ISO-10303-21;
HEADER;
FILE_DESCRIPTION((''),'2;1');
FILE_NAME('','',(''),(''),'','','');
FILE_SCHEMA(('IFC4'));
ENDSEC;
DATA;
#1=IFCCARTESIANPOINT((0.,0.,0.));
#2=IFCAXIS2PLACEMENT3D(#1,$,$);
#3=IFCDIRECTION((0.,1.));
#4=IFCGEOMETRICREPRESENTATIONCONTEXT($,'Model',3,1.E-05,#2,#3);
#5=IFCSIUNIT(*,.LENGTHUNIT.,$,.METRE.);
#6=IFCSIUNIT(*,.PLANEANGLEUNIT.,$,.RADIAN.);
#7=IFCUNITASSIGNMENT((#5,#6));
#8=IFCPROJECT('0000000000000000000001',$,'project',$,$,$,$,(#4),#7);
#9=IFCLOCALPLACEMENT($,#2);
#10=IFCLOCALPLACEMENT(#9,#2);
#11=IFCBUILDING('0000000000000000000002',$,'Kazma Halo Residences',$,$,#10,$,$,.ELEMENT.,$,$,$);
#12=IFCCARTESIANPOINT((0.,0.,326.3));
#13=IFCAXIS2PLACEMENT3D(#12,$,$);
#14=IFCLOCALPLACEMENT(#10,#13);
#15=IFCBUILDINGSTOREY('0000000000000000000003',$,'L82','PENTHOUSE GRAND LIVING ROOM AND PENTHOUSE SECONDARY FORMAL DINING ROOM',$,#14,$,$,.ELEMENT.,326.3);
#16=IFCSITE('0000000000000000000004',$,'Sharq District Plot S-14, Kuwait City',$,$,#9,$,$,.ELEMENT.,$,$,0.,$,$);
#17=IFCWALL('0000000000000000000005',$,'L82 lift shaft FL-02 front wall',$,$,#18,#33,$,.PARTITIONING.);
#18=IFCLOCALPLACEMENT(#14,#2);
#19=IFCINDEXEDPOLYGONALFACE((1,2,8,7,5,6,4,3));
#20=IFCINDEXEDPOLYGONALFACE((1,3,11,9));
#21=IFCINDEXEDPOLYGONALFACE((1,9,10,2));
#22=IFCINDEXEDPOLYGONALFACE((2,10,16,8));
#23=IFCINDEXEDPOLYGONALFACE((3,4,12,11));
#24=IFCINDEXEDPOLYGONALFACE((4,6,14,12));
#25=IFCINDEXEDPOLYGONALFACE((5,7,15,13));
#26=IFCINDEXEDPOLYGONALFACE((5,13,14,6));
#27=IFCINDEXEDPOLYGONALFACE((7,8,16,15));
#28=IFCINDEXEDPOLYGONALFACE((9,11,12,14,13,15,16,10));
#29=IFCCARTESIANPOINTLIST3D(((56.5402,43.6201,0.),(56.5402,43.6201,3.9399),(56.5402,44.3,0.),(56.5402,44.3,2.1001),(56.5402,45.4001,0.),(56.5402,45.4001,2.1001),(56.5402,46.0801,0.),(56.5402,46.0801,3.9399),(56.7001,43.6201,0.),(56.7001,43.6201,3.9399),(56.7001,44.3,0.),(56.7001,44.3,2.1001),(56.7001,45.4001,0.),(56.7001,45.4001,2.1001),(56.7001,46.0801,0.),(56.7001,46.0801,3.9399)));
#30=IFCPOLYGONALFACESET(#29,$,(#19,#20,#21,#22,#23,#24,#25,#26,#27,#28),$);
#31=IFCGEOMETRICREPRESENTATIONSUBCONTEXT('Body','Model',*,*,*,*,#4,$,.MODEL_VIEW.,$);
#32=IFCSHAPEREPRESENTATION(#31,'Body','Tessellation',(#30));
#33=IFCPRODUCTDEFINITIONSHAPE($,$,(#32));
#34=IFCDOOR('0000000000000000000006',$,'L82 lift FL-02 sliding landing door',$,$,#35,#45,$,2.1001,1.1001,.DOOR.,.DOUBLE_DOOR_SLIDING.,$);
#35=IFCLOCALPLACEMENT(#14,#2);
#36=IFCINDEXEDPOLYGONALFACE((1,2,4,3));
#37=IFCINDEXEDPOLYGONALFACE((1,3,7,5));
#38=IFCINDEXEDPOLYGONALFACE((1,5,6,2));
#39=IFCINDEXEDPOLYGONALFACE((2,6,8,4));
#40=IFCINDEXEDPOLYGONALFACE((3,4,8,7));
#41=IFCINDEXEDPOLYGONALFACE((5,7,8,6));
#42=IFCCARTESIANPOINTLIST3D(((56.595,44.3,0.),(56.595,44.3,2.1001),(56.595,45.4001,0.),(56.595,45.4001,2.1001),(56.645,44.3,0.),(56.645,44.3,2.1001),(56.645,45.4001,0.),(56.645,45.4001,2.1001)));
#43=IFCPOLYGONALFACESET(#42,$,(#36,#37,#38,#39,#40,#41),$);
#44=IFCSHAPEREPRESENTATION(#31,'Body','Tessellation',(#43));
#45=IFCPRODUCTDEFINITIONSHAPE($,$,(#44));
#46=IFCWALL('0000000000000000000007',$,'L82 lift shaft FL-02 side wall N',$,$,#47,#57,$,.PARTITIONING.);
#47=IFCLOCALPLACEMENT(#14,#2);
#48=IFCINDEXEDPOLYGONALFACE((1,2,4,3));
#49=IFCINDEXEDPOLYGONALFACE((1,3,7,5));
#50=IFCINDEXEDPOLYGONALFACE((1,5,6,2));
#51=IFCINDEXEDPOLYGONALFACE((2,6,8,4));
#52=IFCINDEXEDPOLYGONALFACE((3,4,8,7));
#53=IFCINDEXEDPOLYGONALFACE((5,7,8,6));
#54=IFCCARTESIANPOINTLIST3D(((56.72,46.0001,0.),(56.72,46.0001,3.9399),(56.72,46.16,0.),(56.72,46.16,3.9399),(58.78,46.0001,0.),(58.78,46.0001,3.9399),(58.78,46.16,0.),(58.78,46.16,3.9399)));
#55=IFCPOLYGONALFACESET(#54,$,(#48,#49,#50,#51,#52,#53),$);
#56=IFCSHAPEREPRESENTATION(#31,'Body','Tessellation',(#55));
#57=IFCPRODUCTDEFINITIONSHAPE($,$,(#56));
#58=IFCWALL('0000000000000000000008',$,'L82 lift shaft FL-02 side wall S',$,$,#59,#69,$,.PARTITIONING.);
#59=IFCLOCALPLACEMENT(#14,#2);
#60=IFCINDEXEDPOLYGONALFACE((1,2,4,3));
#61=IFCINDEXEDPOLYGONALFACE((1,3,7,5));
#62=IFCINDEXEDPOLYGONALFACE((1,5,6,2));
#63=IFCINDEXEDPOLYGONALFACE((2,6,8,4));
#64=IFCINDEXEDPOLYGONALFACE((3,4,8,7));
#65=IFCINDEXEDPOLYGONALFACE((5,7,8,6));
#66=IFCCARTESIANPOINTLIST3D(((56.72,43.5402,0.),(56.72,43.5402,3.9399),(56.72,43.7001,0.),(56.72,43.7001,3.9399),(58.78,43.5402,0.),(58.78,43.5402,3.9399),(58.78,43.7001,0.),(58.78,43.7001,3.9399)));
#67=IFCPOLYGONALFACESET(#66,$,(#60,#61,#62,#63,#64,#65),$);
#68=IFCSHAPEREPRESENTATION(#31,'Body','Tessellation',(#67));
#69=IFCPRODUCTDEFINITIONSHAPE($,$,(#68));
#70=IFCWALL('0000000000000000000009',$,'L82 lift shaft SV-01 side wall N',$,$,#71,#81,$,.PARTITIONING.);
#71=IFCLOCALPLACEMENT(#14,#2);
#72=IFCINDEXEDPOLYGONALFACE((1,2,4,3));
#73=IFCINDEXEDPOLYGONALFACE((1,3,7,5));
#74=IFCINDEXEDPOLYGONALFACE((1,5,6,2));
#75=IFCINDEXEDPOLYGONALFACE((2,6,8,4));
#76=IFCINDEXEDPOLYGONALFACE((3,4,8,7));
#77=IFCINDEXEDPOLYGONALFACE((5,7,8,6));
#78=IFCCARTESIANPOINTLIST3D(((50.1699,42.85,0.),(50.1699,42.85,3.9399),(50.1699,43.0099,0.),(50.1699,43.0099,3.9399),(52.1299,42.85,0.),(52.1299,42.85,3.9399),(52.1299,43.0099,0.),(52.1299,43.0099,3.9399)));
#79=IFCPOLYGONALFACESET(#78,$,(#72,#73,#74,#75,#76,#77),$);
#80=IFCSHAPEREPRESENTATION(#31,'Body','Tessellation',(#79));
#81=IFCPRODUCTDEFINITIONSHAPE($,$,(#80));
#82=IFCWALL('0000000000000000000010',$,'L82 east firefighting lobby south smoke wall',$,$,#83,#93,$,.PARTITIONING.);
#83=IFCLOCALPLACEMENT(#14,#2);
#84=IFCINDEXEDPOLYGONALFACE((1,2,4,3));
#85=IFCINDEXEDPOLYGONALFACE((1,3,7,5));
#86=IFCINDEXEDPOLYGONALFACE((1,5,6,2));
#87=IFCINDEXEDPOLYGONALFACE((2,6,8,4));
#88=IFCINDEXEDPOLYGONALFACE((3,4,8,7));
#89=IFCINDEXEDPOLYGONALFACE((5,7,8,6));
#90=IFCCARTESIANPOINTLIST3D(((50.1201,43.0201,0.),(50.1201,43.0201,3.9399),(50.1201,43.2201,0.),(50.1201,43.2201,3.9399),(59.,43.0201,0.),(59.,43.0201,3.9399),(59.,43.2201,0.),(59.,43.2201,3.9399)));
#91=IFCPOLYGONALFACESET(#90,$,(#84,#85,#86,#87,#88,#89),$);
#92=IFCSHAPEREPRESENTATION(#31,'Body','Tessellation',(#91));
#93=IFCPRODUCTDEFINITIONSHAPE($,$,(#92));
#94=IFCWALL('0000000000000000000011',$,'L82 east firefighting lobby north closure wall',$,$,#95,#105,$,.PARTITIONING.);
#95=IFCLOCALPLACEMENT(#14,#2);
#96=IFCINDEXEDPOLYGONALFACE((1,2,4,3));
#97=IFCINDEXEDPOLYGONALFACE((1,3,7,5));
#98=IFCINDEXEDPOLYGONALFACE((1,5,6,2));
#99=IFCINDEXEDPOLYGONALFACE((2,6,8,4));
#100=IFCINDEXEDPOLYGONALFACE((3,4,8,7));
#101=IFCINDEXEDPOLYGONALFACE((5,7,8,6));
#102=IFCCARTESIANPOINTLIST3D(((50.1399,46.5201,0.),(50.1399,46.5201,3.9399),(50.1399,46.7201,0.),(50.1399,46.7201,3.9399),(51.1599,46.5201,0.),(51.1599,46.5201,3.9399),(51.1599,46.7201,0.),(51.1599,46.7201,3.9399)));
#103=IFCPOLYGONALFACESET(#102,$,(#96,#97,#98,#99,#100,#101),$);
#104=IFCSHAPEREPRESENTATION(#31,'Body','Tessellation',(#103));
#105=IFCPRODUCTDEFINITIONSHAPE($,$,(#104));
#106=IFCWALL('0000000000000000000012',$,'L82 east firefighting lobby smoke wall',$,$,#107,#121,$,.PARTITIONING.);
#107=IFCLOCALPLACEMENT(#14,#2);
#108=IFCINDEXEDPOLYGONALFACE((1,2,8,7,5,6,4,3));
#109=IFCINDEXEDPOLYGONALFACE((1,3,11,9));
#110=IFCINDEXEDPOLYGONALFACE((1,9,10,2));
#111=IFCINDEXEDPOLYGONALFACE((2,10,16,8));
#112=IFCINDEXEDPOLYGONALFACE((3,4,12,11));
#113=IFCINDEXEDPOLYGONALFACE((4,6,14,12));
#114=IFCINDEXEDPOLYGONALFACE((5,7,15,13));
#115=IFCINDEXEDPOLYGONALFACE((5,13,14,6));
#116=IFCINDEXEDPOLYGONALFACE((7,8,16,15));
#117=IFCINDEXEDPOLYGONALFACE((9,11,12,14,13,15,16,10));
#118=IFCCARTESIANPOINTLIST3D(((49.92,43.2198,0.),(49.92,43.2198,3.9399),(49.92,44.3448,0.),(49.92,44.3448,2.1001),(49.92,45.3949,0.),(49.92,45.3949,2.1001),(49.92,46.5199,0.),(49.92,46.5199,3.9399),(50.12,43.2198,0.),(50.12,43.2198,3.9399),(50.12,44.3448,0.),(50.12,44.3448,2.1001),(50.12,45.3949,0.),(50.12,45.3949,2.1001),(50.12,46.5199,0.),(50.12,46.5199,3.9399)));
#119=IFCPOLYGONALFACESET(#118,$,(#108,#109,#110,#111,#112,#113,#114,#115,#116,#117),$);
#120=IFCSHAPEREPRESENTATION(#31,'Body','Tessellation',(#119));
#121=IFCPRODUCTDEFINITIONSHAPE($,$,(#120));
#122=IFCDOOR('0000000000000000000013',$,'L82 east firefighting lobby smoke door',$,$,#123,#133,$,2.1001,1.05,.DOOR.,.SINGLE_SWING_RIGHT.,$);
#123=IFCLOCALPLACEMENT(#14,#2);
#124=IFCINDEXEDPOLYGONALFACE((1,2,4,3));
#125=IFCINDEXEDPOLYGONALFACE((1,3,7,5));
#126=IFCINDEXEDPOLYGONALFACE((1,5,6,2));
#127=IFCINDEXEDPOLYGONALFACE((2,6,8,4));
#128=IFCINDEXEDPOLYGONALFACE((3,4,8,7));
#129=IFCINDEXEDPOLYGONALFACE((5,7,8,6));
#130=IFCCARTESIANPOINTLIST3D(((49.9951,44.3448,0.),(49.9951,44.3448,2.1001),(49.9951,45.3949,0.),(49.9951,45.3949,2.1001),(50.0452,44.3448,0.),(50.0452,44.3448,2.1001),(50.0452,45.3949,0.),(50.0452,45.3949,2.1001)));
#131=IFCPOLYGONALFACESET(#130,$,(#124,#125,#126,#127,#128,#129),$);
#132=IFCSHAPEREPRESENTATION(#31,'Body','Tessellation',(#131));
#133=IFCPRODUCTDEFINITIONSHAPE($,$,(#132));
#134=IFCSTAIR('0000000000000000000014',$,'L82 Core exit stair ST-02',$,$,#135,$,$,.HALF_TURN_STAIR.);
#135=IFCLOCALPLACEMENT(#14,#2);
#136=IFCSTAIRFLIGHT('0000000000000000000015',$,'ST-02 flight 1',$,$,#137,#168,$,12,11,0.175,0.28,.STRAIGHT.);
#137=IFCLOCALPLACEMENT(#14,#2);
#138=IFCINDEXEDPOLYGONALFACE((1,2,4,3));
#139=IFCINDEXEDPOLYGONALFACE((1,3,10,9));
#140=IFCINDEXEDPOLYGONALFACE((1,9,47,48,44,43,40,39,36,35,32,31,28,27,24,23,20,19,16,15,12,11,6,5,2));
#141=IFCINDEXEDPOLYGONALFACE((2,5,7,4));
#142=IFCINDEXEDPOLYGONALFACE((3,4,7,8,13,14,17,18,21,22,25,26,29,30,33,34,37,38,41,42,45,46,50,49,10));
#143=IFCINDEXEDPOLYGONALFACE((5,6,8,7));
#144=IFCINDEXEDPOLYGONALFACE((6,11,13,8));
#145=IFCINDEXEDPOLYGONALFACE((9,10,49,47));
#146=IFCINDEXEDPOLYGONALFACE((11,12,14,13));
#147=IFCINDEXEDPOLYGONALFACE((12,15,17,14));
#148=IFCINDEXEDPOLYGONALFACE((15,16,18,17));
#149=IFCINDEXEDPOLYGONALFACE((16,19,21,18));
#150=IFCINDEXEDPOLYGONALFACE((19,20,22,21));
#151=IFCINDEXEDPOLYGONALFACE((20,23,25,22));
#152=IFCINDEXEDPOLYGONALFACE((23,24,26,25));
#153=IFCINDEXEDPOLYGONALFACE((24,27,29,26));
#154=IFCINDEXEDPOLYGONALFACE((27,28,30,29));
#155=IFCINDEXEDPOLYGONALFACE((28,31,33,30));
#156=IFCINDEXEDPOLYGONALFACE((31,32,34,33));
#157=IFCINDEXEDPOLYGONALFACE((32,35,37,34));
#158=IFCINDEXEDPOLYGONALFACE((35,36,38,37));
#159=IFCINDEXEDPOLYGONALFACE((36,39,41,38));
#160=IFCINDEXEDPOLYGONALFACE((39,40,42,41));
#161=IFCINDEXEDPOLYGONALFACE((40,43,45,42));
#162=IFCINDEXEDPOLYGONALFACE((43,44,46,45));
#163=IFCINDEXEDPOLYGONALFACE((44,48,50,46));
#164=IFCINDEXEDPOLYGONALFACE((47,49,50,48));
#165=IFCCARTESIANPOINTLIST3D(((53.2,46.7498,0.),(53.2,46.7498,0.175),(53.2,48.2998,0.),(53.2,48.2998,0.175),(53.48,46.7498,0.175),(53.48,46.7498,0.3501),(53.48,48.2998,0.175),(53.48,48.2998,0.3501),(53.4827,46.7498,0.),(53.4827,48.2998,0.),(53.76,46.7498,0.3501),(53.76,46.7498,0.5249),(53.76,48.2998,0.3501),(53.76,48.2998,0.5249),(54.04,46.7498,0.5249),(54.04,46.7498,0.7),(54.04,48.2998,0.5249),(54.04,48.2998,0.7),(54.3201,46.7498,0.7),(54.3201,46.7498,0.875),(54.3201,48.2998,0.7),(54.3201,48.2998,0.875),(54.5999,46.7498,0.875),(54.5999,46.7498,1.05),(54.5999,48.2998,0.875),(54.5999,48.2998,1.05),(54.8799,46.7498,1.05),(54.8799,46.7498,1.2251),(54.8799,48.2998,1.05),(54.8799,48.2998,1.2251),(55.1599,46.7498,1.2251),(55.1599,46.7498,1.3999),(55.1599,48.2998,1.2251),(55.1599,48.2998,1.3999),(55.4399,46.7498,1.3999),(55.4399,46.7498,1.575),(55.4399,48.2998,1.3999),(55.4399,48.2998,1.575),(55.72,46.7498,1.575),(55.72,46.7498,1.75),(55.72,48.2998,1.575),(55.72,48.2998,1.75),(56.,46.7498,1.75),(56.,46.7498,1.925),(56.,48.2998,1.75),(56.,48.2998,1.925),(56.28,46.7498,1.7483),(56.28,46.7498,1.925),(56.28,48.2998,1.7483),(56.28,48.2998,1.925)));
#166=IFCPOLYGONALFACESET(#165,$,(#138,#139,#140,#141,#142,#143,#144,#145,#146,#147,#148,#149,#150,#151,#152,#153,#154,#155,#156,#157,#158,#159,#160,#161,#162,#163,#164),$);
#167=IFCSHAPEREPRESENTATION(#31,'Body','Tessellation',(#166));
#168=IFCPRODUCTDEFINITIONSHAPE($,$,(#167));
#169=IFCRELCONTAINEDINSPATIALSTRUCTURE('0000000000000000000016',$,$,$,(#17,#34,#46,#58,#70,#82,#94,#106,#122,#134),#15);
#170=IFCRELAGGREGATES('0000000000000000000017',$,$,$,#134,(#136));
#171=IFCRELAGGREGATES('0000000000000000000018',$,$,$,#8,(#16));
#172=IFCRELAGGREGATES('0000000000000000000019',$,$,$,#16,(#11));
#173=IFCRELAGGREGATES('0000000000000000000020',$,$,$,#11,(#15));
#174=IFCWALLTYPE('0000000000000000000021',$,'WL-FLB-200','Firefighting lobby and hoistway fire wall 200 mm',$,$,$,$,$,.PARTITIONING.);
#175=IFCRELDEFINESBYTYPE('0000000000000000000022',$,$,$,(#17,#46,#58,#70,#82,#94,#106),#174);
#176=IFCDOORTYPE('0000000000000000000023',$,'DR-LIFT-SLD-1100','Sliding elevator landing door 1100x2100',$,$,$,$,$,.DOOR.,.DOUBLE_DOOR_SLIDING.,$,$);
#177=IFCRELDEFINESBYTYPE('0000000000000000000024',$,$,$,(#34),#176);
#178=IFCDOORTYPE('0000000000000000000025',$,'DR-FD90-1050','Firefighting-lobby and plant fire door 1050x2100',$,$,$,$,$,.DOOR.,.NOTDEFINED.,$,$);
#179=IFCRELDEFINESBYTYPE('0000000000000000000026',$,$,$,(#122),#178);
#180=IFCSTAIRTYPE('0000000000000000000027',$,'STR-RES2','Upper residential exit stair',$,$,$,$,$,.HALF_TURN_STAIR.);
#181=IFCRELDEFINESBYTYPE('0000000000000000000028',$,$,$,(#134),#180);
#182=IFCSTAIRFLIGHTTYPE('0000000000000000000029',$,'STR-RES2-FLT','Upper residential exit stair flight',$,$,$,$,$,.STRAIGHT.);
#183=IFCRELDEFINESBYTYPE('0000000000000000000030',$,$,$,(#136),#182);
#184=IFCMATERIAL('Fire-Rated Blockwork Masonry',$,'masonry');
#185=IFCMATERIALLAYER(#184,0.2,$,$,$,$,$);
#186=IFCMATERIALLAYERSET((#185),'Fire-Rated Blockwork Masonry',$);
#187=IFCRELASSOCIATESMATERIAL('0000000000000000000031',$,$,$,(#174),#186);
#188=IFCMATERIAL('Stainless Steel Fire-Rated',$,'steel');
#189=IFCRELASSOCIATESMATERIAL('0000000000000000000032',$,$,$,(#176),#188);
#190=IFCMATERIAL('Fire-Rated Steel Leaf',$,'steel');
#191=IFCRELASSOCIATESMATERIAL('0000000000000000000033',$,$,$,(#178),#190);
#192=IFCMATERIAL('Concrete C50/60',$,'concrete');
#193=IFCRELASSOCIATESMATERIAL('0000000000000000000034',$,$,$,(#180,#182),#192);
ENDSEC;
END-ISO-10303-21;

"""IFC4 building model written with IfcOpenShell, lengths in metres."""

from ifc_helpers import new_model, si_unit, direction, frame, frame_2d, origin, place, context, subcontext, project, spatial, polyline, rectangle, outline, extrude, material, layer, layer_set, type_object, element, fill, aggregate, save


model = new_model("IFC4")

# Units and contexts
model_context = context("Model", 3, precision=1e-05, world=origin(), true_north=direction((0.0, 1.0)))
body_context = subcontext(model_context, "Body", "Model", "MODEL_VIEW")
ifc_project = project(units=[si_unit("LENGTHUNIT", "METRE"), si_unit("PLANEANGLEUNIT", "RADIAN")], contexts=[model_context])

# Site, building, storey
site_placement = place(None, origin())
site = spatial("IfcSite", under=ifc_project, at=site_placement, Name="Sharq District Plot S-14, Kuwait City", CompositionType="ELEMENT", RefElevation=0.0)
building_placement = place(site_placement, origin())
building = spatial("IfcBuilding", under=site, at=building_placement, Name="Kazma Halo Residences", CompositionType="ELEMENT")
storey_placement = place(building_placement, frame((0.0, 0.0, 326.3)))
storey = spatial("IfcBuildingStorey", under=building, at=storey_placement, Name="L82", Description="PENTHOUSE GRAND LIVING ROOM AND PENTHOUSE SECONDARY FORMAL DINING ROOM", CompositionType="ELEMENT", Elevation=326.3)

# Shared definitions
ifc_material_1 = material(Name="Fire-Rated Blockwork Masonry", Category="masonry")
ifc_layer_1 = layer(ifc_material_1, 0.2)
ifc_layer_set_1 = layer_set([ifc_layer_1], Name="Fire-Rated Blockwork Masonry")
wall_type_1 = type_object("IfcWallType", Name="WL-FLB-200", Description="Firefighting lobby and hoistway fire wall 200 mm", PredefinedType="PARTITIONING", material=ifc_layer_set_1)

# Wall, opening, door
wall_1_placement = place(storey_placement, frame((56.6201, 46.0801, 0.0), z_axis=(0.0, 0.0, 1.0), x_axis=(0.0, -1.0, 0.0)))
wall_1 = element("IfcWall", 1, at=wall_1_placement, inside=storey, type_object=wall_type_1, Name="L82 lift shaft FL-02 front wall", PredefinedType="PARTITIONING", context=body_context, shape_type="SweptSolid", body=[
    extrude(rectangle(XDim=2.46, YDim=0.1599, at=frame_2d((1.23, 0.0))), origin(), (0.0, 0.0, 1.0), 3.9399),
])
opening_1_placement = place(wall_1_placement, frame((0.6799, 0.0, 0.0)))
opening_1 = element("IfcOpeningElement", 2, at=opening_1_placement, cuts=wall_1, PredefinedType="OPENING", context=body_context, shape_type="SweptSolid", body=[
    extrude(rectangle(XDim=1.1001, YDim=2.1001, at=frame_2d((0.55, 1.05))), frame((0.0, 0.0898, 0.0), z_axis=(0.0, -1.0, 0.0), x_axis=(1.0, 0.0, 0.0)), (0.0, 0.0, 1.0), 0.1799),
])
ifc_material_2 = material(Name="Stainless Steel Fire-Rated", Category="steel")
door_type_1 = type_object("IfcDoorType", Name="DR-LIFT-SLD-1100", Description="Sliding elevator landing door 1100x2100", OperationType="DOUBLE_DOOR_SLIDING", PredefinedType="DOOR", material=ifc_material_2)
door_1_placement = place(opening_1_placement, origin())
door_1 = element("IfcDoor", 3, at=door_1_placement, inside=storey, type_object=door_type_1, Name="L82 lift FL-02 sliding landing door", OperationType="DOUBLE_DOOR_SLIDING", OverallHeight=2.1001, OverallWidth=1.1001, PredefinedType="DOOR", context=body_context, shape_type="SweptSolid", body=[
    extrude(rectangle(XDim=1.1001, YDim=2.1001, at=frame_2d((0.55, 1.05))), frame((0.0, 0.0249, 0.0), z_axis=(0.0, -1.0, 0.0), x_axis=(1.0, 0.0, 0.0)), (0.0, 0.0, 1.0), 0.05),
])
fill(opening_1, door_1)

# Walls
for number, where, z_axis, x_axis, name in (
    (4, (56.72, 46.0801, 0.0), (0.0, 0.0, 1.0), (1.0, 0.0, 0.0), "L82 lift shaft FL-02 side wall N"),
    (5, (56.72, 43.6201, 0.0), (0.0, 0.0, 1.0), (1.0, 0.0, 0.0), "L82 lift shaft FL-02 side wall S"),
):
    element("IfcWall", number, at=place(storey_placement, frame(where, z_axis=z_axis, x_axis=x_axis)), inside=storey, type_object=wall_type_1, Name=name, PredefinedType="PARTITIONING", context=body_context, shape_type="SweptSolid", body=[
        extrude(rectangle(XDim=2.0601, YDim=0.1599, at=frame_2d((1.03, 0.0))), origin(), (0.0, 0.0, 1.0), 3.9399),
    ])
wall_2_placement = place(storey_placement, frame((50.1699, 42.9299, 0.0), z_axis=(0.0, 0.0, 1.0), x_axis=(1.0, 0.0, 0.0)))
element("IfcWall", 6, at=wall_2_placement, inside=storey, type_object=wall_type_1, Name="L82 lift shaft SV-01 side wall N", PredefinedType="PARTITIONING", context=body_context, shape_type="SweptSolid", body=[
    extrude(rectangle(XDim=1.96, YDim=0.1599, at=frame_2d((0.98, 0.0))), origin(), (0.0, 0.0, 1.0), 3.9399),
])
wall_3_placement = place(storey_placement, frame((50.1201, 43.1201, 0.0), z_axis=(0.0, 0.0, 1.0), x_axis=(1.0, 0.0, 0.0)))
element("IfcWall", 7, at=wall_3_placement, inside=storey, type_object=wall_type_1, Name="L82 east firefighting lobby south smoke wall", PredefinedType="PARTITIONING", context=body_context, shape_type="SweptSolid", body=[
    extrude(rectangle(XDim=8.8799, YDim=0.2, at=frame_2d((4.4399, 0.0))), origin(), (0.0, 0.0, 1.0), 3.9399),
])
wall_4_placement = place(storey_placement, frame((50.1399, 46.6201, 0.0), z_axis=(0.0, 0.0, 1.0), x_axis=(1.0, 0.0, 0.0)))
element("IfcWall", 8, at=wall_4_placement, inside=storey, type_object=wall_type_1, Name="L82 east firefighting lobby north closure wall", PredefinedType="PARTITIONING", context=body_context, shape_type="SweptSolid", body=[
    extrude(rectangle(XDim=1.02, YDim=0.2, at=frame_2d((0.51, 0.0))), origin(), (0.0, 0.0, 1.0), 3.9399),
])

# Wall, opening, door
wall_5_placement = place(storey_placement, frame((50.02, 43.22, 0.0), z_axis=(0.0, 0.0, 1.0), x_axis=(0.0, 1.0, 0.0)))
wall_5 = element("IfcWall", 9, at=wall_5_placement, inside=storey, type_object=wall_type_1, Name="L82 east firefighting lobby smoke wall", PredefinedType="PARTITIONING", context=body_context, shape_type="SweptSolid", body=[
    extrude(rectangle(XDim=3.3, YDim=0.2, at=frame_2d((1.6499, 0.0))), origin(), (0.0, 0.0, 1.0), 3.9399),
])
opening_2_placement = place(wall_5_placement, frame((1.125, 0.0, 0.0)))
opening_2 = element("IfcOpeningElement", 10, at=opening_2_placement, cuts=wall_5, PredefinedType="OPENING", context=body_context, shape_type="SweptSolid", body=[
    extrude(rectangle(XDim=1.05, YDim=2.1001, at=frame_2d((0.5249, 1.05))), frame((0.0, 0.1099, 0.0), z_axis=(0.0, -1.0, 0.0), x_axis=(1.0, 0.0, 0.0)), (0.0, 0.0, 1.0), 0.22),
])
ifc_material_3 = material(Name="Fire-Rated Steel Leaf", Category="steel")
door_type_2 = type_object("IfcDoorType", Name="DR-FD90-1050", Description="Firefighting-lobby and plant fire door 1050x2100", OperationType="NOTDEFINED", PredefinedType="DOOR", material=ifc_material_3)
door_2_placement = place(opening_2_placement, origin())
door_2 = element("IfcDoor", 11, at=door_2_placement, inside=storey, type_object=door_type_2, Name="L82 east firefighting lobby smoke door", OperationType="SINGLE_SWING_RIGHT", OverallHeight=2.1001, OverallWidth=1.05, PredefinedType="DOOR", context=body_context, shape_type="SweptSolid", body=[
    extrude(rectangle(XDim=1.05, YDim=2.1001, at=frame_2d((0.5249, 1.05))), frame((0.0, 0.0249, 0.0), z_axis=(0.0, -1.0, 0.0), x_axis=(1.0, 0.0, 0.0)), (0.0, 0.0, 1.0), 0.05),
])
fill(opening_2, door_2)
ifc_material_4 = material(Name="Concrete C50/60", Category="concrete")

# Stair, stair flight
stair_type = type_object("IfcStairType", Name="STR-RES2", Description="Upper residential exit stair", PredefinedType="HALF_TURN_STAIR", material=ifc_material_4)
stair_placement = place(storey_placement, origin())
stair = element("IfcStair", 12, at=stair_placement, inside=storey, type_object=stair_type, Name="L82 Core exit stair ST-02", PredefinedType="HALF_TURN_STAIR")
stair_flight_type = type_object("IfcStairFlightType", Name="STR-RES2-FLT", Description="Upper residential exit stair flight", PredefinedType="STRAIGHT", material=ifc_material_4)
stair_flight_placement = place(storey_placement, frame((53.2, 47.5249, 0.0), z_axis=(0.0, 0.0, 1.0), x_axis=(1.0, 0.0, 0.0)))
stair_flight = element("IfcStairFlight", 13, at=stair_flight_placement, type_object=stair_flight_type, Name="ST-02 flight 1", NumberOfRisers=12, NumberOfTreads=11, PredefinedType="STRAIGHT", RiserHeight=0.175, TreadLength=0.28, context=body_context, shape_type="SweptSolid", body=[
    extrude(outline(polyline([(0.0, 0.0), (0.0, 0.175), (0.28, 0.175), (0.28, 0.3501), (0.5601, 0.3501), (0.5601, 0.5249), (0.8401, 0.5249), (0.8401, 0.7), (1.1201, 0.7), (1.1201, 0.875), (1.3999, 0.875), (1.3999, 1.05), (1.6799, 1.05), (1.6799, 1.2251), (1.96, 1.2251), (1.96, 1.3999), (2.24, 1.3999), (2.24, 1.575), (2.52, 1.575), (2.52, 1.75), (2.8, 1.75), (2.8, 1.925), (3.0801, 1.925), (3.0801, 2.1001), (3.0801, 1.7483), (0.2827, 0.0), (0.0, 0.0)])), frame((0.0, 0.7749, 0.0), z_axis=(0.0, -1.0, 0.0), x_axis=(1.0, 0.0, 0.0)), (0.0, 0.0, 1.0), 1.55),
])
aggregate(stair, [stair_flight])

save(model, "model.ifc")
